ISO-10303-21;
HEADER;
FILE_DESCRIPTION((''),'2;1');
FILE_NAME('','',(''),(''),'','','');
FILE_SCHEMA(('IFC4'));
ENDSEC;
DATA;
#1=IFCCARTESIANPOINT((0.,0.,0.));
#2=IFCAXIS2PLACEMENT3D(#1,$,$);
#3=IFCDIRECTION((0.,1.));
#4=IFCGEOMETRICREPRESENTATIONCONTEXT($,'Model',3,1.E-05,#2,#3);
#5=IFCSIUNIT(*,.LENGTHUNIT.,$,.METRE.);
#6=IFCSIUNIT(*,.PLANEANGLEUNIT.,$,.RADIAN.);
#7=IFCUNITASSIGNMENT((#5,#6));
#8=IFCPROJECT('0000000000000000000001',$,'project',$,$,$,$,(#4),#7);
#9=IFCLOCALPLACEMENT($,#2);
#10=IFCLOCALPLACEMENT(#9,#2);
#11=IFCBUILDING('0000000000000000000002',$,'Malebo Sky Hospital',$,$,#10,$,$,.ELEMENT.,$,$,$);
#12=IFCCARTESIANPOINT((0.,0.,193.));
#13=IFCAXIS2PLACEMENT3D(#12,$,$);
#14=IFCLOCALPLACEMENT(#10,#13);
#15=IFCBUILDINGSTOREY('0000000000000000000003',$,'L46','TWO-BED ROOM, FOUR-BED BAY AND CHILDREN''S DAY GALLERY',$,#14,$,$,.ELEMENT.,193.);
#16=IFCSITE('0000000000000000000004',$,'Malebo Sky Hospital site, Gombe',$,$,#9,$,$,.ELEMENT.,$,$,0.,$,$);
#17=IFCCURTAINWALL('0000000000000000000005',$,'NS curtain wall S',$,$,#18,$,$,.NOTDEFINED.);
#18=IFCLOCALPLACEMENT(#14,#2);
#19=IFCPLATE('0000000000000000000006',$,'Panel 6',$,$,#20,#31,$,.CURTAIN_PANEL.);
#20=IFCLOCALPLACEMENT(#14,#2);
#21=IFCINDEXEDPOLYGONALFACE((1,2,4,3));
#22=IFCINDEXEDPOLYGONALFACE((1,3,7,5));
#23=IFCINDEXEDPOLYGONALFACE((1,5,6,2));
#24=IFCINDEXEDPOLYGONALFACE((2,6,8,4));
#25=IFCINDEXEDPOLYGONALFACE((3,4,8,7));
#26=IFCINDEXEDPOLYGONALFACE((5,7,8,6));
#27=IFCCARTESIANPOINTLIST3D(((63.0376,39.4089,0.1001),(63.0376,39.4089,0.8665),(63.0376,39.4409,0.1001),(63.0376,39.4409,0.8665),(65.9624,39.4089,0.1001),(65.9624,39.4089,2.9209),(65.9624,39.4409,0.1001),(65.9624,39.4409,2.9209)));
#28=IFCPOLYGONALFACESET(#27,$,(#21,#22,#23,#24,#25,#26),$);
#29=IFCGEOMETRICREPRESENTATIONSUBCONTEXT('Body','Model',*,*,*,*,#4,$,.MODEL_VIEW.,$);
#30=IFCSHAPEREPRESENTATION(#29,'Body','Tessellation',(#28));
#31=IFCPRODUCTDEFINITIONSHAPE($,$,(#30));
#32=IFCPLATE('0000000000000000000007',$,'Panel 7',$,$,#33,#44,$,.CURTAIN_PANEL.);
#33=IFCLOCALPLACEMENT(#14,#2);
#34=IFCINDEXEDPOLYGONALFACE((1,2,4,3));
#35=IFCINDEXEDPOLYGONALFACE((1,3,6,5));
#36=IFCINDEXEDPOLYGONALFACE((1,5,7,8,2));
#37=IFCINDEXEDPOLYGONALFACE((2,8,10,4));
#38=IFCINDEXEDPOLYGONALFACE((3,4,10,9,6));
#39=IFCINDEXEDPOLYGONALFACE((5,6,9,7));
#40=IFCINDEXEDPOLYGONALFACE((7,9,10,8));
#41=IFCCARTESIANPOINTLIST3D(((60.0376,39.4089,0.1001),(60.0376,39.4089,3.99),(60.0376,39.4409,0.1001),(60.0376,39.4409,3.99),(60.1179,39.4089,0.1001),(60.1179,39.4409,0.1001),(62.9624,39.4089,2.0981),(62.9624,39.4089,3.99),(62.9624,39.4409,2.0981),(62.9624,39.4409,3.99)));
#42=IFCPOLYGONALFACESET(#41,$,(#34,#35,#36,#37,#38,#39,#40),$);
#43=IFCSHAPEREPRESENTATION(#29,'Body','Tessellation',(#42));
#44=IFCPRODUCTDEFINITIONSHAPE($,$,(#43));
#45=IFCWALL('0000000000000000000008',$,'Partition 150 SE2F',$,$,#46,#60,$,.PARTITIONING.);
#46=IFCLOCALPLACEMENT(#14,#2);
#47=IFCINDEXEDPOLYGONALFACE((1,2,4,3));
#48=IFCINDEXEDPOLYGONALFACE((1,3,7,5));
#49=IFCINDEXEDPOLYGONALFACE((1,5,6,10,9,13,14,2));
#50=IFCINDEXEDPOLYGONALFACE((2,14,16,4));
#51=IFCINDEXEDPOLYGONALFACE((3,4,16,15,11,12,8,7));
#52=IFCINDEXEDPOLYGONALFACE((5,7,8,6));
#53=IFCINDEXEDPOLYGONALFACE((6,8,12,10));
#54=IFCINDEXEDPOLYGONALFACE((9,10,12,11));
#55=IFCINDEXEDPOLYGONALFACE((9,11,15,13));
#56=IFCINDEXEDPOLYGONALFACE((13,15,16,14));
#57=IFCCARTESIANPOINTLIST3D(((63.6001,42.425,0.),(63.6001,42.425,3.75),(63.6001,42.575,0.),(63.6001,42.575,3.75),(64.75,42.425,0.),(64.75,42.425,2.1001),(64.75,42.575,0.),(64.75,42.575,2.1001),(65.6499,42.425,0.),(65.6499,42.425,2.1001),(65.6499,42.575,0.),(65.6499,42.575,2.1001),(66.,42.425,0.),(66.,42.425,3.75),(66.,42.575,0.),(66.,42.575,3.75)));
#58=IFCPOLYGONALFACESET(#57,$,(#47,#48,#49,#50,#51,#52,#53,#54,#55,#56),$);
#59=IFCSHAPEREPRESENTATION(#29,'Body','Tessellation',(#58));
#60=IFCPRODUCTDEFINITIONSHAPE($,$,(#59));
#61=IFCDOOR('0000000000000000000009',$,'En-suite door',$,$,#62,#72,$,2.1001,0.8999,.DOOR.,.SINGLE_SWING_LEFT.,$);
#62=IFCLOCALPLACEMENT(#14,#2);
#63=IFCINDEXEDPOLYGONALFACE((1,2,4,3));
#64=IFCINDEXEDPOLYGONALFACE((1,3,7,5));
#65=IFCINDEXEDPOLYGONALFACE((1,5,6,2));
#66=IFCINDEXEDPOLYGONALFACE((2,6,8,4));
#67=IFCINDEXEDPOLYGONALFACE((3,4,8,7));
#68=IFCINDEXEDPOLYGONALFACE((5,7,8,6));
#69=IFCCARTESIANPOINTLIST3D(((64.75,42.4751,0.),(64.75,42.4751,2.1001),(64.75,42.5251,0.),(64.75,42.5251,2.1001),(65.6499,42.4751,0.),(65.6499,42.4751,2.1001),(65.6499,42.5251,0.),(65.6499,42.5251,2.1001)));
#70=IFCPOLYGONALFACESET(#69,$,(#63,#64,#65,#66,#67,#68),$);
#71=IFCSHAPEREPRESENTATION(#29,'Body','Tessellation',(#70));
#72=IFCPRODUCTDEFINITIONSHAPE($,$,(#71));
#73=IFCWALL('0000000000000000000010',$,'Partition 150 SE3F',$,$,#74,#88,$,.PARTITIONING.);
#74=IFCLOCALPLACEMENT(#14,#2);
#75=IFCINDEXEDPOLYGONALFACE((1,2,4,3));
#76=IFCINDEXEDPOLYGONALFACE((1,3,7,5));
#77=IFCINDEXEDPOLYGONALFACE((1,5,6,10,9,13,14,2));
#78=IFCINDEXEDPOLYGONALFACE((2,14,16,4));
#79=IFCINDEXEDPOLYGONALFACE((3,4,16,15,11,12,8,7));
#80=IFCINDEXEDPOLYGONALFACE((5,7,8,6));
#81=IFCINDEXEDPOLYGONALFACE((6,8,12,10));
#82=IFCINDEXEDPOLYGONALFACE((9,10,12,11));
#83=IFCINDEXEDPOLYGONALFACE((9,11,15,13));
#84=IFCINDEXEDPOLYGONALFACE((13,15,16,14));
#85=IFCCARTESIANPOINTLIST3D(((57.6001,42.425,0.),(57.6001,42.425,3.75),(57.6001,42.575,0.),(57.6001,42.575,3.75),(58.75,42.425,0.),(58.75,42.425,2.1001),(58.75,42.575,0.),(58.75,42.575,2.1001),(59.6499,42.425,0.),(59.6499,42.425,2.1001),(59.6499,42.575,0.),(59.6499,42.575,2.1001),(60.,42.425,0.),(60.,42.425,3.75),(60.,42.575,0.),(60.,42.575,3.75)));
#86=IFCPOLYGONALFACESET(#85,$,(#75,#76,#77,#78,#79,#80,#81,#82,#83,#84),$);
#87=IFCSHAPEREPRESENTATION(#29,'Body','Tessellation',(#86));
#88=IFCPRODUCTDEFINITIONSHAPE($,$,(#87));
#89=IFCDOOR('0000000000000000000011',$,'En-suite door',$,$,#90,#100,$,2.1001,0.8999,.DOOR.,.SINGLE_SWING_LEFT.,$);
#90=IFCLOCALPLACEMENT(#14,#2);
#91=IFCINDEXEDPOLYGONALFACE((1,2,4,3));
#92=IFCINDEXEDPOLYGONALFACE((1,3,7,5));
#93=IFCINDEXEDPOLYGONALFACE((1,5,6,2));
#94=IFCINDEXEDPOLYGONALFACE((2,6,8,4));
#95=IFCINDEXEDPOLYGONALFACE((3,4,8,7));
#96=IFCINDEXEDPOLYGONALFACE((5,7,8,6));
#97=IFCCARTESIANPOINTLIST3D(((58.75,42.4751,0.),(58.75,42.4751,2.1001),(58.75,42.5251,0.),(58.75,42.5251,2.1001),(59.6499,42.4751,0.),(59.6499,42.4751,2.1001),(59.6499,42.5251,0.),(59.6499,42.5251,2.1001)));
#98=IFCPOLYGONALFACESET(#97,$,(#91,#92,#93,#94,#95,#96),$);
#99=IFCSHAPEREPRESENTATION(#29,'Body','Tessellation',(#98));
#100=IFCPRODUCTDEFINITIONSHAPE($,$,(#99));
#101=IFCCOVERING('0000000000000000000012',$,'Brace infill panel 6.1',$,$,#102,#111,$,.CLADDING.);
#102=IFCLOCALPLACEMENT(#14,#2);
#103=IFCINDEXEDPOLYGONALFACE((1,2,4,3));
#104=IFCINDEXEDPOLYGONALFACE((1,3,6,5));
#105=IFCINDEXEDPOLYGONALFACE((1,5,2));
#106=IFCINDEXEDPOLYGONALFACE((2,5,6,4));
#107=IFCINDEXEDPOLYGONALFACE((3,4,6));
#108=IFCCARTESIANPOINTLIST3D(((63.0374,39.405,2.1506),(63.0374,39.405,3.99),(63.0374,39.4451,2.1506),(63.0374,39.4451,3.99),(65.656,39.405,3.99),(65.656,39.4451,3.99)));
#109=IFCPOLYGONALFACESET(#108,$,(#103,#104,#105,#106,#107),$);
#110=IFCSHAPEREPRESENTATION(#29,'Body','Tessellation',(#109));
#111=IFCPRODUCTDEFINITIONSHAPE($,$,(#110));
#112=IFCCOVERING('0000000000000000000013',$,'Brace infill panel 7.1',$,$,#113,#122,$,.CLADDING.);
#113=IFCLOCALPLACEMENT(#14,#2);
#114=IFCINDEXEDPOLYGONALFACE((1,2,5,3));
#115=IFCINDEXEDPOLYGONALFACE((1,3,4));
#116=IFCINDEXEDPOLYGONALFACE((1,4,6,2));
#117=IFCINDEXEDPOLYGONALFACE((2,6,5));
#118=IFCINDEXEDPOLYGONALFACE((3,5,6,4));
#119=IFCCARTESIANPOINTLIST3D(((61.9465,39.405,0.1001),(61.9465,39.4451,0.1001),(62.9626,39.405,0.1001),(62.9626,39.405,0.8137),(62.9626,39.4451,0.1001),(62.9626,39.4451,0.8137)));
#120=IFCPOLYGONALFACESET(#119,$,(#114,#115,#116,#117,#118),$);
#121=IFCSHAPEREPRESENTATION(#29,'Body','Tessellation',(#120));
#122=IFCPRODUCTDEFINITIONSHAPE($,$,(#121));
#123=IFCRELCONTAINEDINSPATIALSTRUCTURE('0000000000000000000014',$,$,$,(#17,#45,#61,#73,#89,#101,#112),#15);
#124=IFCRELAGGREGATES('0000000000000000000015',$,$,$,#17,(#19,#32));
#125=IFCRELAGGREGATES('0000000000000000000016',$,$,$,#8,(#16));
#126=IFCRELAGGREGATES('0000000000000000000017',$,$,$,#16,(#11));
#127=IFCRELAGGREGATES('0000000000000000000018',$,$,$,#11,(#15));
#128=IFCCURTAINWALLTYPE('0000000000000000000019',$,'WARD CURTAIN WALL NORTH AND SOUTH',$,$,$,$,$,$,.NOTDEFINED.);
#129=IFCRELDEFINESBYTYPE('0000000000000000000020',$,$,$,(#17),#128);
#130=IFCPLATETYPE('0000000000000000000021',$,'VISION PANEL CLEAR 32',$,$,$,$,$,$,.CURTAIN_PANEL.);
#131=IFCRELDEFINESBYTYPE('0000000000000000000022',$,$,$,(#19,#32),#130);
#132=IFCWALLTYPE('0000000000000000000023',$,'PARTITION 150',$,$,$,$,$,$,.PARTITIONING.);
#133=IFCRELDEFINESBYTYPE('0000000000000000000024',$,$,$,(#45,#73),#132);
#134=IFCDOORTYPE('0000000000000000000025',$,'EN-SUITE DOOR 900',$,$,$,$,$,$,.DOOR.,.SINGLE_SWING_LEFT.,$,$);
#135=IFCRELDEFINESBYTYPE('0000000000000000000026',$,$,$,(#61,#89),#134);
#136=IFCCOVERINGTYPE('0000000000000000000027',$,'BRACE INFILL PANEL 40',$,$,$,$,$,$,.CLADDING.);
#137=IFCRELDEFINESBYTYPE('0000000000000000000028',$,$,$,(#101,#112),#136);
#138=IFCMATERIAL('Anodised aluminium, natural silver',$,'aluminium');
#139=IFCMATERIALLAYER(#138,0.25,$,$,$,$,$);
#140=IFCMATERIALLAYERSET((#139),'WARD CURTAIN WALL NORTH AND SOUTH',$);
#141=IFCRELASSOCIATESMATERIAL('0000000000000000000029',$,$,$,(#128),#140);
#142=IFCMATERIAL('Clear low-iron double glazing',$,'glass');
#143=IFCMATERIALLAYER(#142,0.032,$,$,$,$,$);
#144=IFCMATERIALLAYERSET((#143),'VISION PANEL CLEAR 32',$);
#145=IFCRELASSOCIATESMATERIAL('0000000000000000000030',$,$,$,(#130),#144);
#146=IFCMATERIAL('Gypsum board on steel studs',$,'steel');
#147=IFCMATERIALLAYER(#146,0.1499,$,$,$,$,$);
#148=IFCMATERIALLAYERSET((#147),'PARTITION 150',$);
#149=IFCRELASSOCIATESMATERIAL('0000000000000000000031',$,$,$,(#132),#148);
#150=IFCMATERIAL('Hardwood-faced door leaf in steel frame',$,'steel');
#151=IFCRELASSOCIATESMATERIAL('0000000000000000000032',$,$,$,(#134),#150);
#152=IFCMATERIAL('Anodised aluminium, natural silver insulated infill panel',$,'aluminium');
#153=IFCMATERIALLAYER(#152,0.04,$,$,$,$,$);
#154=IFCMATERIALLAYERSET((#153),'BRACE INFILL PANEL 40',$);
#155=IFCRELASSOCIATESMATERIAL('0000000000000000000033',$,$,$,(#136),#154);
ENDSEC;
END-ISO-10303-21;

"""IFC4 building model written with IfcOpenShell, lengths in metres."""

from ifc_helpers import new_model, si_unit, direction, frame, frame_2d, origin, place, context, subcontext, project, spatial, polyline, rectangle, outline, extrude, material, layer, layer_set, type_object, element, fill, aggregate, save


model = new_model("IFC4")

# Units and contexts
model_context = context("Model", 3, precision=1e-05, world=origin(), true_north=direction((0.0, 1.0)))
body_context = subcontext(model_context, "Body", "Model", "MODEL_VIEW")
ifc_project = project(units=[si_unit("LENGTHUNIT", "METRE"), si_unit("PLANEANGLEUNIT", "RADIAN")], contexts=[model_context])

# Site, building, storey
site_placement = place(None, origin())
site = spatial("IfcSite", under=ifc_project, at=site_placement, Name="Malebo Sky Hospital site, Gombe", CompositionType="ELEMENT", RefElevation=0.0)
building_placement = place(site_placement, origin())
building = spatial("IfcBuilding", under=site, at=building_placement, Name="Malebo Sky Hospital", CompositionType="ELEMENT")
storey_placement = place(building_placement, frame((0.0, 0.0, 193.0)))
storey = spatial("IfcBuildingStorey", under=building, at=storey_placement, Name="L46", Description="TWO-BED ROOM, FOUR-BED BAY AND CHILDREN'S DAY GALLERY", CompositionType="ELEMENT", Elevation=193.0)

# Curtain wall
ifc_material_1 = material(Name="Anodised aluminium, natural silver", Category="aluminium")
ifc_layer_1 = layer(ifc_material_1, 0.25)
ifc_layer_set_1 = layer_set([ifc_layer_1], Name="WARD CURTAIN WALL NORTH AND SOUTH")
curtain_wall_type = type_object("IfcCurtainWallType", Name="WARD CURTAIN WALL NORTH AND SOUTH", PredefinedType="NOTDEFINED", material=ifc_layer_set_1)
curtain_wall_placement = place(storey_placement, origin())
curtain_wall = element("IfcCurtainWall", 1, at=curtain_wall_placement, inside=storey, type_object=curtain_wall_type, Name="NS curtain wall S", PredefinedType="NOTDEFINED")

# Plates
ifc_material_2 = material(Name="Clear low-iron double glazing", Category="glass")
ifc_layer_2 = layer(ifc_material_2, 0.032)
ifc_layer_set_2 = layer_set([ifc_layer_2], Name="VISION PANEL CLEAR 32")
plate_type = type_object("IfcPlateType", Name="VISION PANEL CLEAR 32", PredefinedType="CURTAIN_PANEL", material=ifc_layer_set_2)
plate_1_placement = place(storey_placement, frame((64.5, 39.425, 0.1001), z_axis=(0.0, 0.0, 1.0), x_axis=(-1.0, 0.0, 0.0)))
plate_1 = element("IfcPlate", 2, at=plate_1_placement, type_object=plate_type, Name="Panel 6", PredefinedType="CURTAIN_PANEL", context=body_context, shape_type="SweptSolid", body=[
    extrude(outline(polyline([(-1.4624, 0.0), (1.4624, 0.0), (1.4624, 0.7664), (-1.4624, 2.8208), (-1.4624, 0.0)])), frame((0.0, 0.0161, 0.0), z_axis=(0.0, -1.0, 0.0), x_axis=(1.0, 0.0, 0.0)), (0.0, 0.0, 1.0), 0.032),
])
plate_2_placement = place(storey_placement, frame((61.5, 39.425, 0.1001), z_axis=(0.0, 0.0, 1.0), x_axis=(-1.0, 0.0, 0.0)))
plate_2 = element("IfcPlate", 3, at=plate_2_placement, type_object=plate_type, Name="Panel 7", PredefinedType="CURTAIN_PANEL", context=body_context, shape_type="SweptSolid", body=[
    extrude(outline(polyline([(1.3821, 0.0), (1.4624, 0.0), (1.4624, 3.8899), (-1.4624, 3.8899), (-1.4624, 1.998), (1.3821, 0.0)])), frame((0.0, 0.0161, 0.0), z_axis=(0.0, -1.0, 0.0), x_axis=(1.0, 0.0, 0.0)), (0.0, 0.0, 1.0), 0.032),
])
aggregate(curtain_wall, [plate_1, plate_2])

# Walls, openings, doors
ifc_material_3 = material(Name="Gypsum board on steel studs", Category="steel")
ifc_layer_3 = layer(ifc_material_3, 0.1499)
ifc_layer_set_3 = layer_set([ifc_layer_3], Name="PARTITION 150")
wall_type = type_object("IfcWallType", Name="PARTITION 150", PredefinedType="PARTITIONING", material=ifc_layer_set_3)
wall_1_placement = place(storey_placement, frame((66.0, 42.5, 0.0), z_axis=(0.0, 0.0, 1.0), x_axis=(-1.0, 0.0, 0.0)))
wall_1 = element("IfcWall", 4, at=wall_1_placement, inside=storey, type_object=wall_type, Name="Partition 150 SE2F", PredefinedType="PARTITIONING", context=body_context, shape_type="SweptSolid", body=[
    extrude(rectangle(XDim=2.3999, YDim=0.1499, at=frame_2d((1.2, 0.0))), origin(), (0.0, 0.0, 1.0), 3.75),
])
opening_1_placement = place(wall_1_placement, frame((0.3501, 0.0, 0.0)))
opening_1 = element("IfcOpeningElement", 5, at=opening_1_placement, cuts=wall_1, PredefinedType="OPENING", context=body_context, shape_type="SweptSolid", body=[
    extrude(rectangle(XDim=0.8999, YDim=2.1001, at=frame_2d((0.45, 1.05))), frame((0.0, 0.085, 0.0), z_axis=(0.0, -1.0, 0.0), x_axis=(1.0, 0.0, 0.0)), (0.0, 0.0, 1.0), 0.1699),
])
ifc_material_4 = material(Name="Hardwood-faced door leaf in steel frame", Category="steel")
door_type = type_object("IfcDoorType", Name="EN-SUITE DOOR 900", OperationType="SINGLE_SWING_LEFT", PredefinedType="DOOR", material=ifc_material_4)
door_1_placement = place(opening_1_placement, origin())
door_1 = element("IfcDoor", 6, at=door_1_placement, inside=storey, type_object=door_type, Name="En-suite door", OperationType="SINGLE_SWING_LEFT", OverallHeight=2.1001, OverallWidth=0.8999, PredefinedType="DOOR", context=body_context, shape_type="SweptSolid", body=[
    extrude(rectangle(XDim=0.8999, YDim=2.1001, at=frame_2d((0.45, 1.05))), frame((0.0, 0.0249, 0.0), z_axis=(0.0, -1.0, 0.0), x_axis=(1.0, 0.0, 0.0)), (0.0, 0.0, 1.0), 0.05),
])
fill(opening_1, door_1)
wall_2_placement = place(storey_placement, frame((60.0, 42.5, 0.0), z_axis=(0.0, 0.0, 1.0), x_axis=(-1.0, 0.0, 0.0)))
wall_2 = element("IfcWall", 7, at=wall_2_placement, inside=storey, type_object=wall_type, Name="Partition 150 SE3F", PredefinedType="PARTITIONING", context=body_context, shape_type="SweptSolid", body=[
    extrude(rectangle(XDim=2.3999, YDim=0.1499, at=frame_2d((1.2, 0.0))), origin(), (0.0, 0.0, 1.0), 3.75),
])
opening_2_placement = place(wall_2_placement, frame((0.3501, 0.0, 0.0)))
opening_2 = element("IfcOpeningElement", 8, at=opening_2_placement, cuts=wall_2, PredefinedType="OPENING", context=body_context, shape_type="SweptSolid", body=[
    extrude(rectangle(XDim=0.8999, YDim=2.1001, at=frame_2d((0.45, 1.05))), frame((0.0, 0.085, 0.0), z_axis=(0.0, -1.0, 0.0), x_axis=(1.0, 0.0, 0.0)), (0.0, 0.0, 1.0), 0.1699),
])
door_2_placement = place(opening_2_placement, origin())
door_2 = element("IfcDoor", 9, at=door_2_placement, inside=storey, type_object=door_type, Name="En-suite door", OperationType="SINGLE_SWING_LEFT", OverallHeight=2.1001, OverallWidth=0.8999, PredefinedType="DOOR", context=body_context, shape_type="SweptSolid", body=[
    extrude(rectangle(XDim=0.8999, YDim=2.1001, at=frame_2d((0.45, 1.05))), frame((0.0, 0.0249, 0.0), z_axis=(0.0, -1.0, 0.0), x_axis=(1.0, 0.0, 0.0)), (0.0, 0.0, 1.0), 0.05),
])
fill(opening_2, door_2)

# Coverings
ifc_material_5 = material(Name="Anodised aluminium, natural silver insulated infill panel", Category="aluminium")
ifc_layer_4 = layer(ifc_material_5, 0.04)
ifc_layer_set_4 = layer_set([ifc_layer_4], Name="BRACE INFILL PANEL 40")
covering_type = type_object("IfcCoveringType", Name="BRACE INFILL PANEL 40", PredefinedType="CLADDING", material=ifc_layer_set_4)
covering_1_placement = place(storey_placement, frame((64.3467, 39.425, 2.1506), z_axis=(0.0, 0.0, 1.0), x_axis=(-1.0, 0.0, 0.0)))
element("IfcCovering", 10, at=covering_1_placement, inside=storey, type_object=covering_type, Name="Brace infill panel 6.1", PredefinedType="CLADDING", context=body_context, shape_type="SweptSolid", body=[
    extrude(outline(polyline([(1.3093, 0.0), (1.3093, 1.8394), (-1.3093, 1.8394), (1.3093, 0.0)])), frame((0.0, 0.02, 0.0), z_axis=(0.0, -1.0, 0.0), x_axis=(1.0, 0.0, 0.0)), (0.0, 0.0, 1.0), 0.04),
])
covering_2_placement = place(storey_placement, frame((62.4546, 39.425, 0.1001), z_axis=(0.0, 0.0, 1.0), x_axis=(-1.0, 0.0, 0.0)))
element("IfcCovering", 11, at=covering_2_placement, inside=storey, type_object=covering_type, Name="Brace infill panel 7.1", PredefinedType="CLADDING", context=body_context, shape_type="SweptSolid", body=[
    extrude(outline(polyline([(-0.5081, 0.0), (0.5081, 0.0), (-0.5081, 0.7136), (-0.5081, 0.0)])), frame((0.0, 0.02, 0.0), z_axis=(0.0, -1.0, 0.0), x_axis=(1.0, 0.0, 0.0)), (0.0, 0.0, 1.0), 0.04),
])

save(model, "model.ifc")
